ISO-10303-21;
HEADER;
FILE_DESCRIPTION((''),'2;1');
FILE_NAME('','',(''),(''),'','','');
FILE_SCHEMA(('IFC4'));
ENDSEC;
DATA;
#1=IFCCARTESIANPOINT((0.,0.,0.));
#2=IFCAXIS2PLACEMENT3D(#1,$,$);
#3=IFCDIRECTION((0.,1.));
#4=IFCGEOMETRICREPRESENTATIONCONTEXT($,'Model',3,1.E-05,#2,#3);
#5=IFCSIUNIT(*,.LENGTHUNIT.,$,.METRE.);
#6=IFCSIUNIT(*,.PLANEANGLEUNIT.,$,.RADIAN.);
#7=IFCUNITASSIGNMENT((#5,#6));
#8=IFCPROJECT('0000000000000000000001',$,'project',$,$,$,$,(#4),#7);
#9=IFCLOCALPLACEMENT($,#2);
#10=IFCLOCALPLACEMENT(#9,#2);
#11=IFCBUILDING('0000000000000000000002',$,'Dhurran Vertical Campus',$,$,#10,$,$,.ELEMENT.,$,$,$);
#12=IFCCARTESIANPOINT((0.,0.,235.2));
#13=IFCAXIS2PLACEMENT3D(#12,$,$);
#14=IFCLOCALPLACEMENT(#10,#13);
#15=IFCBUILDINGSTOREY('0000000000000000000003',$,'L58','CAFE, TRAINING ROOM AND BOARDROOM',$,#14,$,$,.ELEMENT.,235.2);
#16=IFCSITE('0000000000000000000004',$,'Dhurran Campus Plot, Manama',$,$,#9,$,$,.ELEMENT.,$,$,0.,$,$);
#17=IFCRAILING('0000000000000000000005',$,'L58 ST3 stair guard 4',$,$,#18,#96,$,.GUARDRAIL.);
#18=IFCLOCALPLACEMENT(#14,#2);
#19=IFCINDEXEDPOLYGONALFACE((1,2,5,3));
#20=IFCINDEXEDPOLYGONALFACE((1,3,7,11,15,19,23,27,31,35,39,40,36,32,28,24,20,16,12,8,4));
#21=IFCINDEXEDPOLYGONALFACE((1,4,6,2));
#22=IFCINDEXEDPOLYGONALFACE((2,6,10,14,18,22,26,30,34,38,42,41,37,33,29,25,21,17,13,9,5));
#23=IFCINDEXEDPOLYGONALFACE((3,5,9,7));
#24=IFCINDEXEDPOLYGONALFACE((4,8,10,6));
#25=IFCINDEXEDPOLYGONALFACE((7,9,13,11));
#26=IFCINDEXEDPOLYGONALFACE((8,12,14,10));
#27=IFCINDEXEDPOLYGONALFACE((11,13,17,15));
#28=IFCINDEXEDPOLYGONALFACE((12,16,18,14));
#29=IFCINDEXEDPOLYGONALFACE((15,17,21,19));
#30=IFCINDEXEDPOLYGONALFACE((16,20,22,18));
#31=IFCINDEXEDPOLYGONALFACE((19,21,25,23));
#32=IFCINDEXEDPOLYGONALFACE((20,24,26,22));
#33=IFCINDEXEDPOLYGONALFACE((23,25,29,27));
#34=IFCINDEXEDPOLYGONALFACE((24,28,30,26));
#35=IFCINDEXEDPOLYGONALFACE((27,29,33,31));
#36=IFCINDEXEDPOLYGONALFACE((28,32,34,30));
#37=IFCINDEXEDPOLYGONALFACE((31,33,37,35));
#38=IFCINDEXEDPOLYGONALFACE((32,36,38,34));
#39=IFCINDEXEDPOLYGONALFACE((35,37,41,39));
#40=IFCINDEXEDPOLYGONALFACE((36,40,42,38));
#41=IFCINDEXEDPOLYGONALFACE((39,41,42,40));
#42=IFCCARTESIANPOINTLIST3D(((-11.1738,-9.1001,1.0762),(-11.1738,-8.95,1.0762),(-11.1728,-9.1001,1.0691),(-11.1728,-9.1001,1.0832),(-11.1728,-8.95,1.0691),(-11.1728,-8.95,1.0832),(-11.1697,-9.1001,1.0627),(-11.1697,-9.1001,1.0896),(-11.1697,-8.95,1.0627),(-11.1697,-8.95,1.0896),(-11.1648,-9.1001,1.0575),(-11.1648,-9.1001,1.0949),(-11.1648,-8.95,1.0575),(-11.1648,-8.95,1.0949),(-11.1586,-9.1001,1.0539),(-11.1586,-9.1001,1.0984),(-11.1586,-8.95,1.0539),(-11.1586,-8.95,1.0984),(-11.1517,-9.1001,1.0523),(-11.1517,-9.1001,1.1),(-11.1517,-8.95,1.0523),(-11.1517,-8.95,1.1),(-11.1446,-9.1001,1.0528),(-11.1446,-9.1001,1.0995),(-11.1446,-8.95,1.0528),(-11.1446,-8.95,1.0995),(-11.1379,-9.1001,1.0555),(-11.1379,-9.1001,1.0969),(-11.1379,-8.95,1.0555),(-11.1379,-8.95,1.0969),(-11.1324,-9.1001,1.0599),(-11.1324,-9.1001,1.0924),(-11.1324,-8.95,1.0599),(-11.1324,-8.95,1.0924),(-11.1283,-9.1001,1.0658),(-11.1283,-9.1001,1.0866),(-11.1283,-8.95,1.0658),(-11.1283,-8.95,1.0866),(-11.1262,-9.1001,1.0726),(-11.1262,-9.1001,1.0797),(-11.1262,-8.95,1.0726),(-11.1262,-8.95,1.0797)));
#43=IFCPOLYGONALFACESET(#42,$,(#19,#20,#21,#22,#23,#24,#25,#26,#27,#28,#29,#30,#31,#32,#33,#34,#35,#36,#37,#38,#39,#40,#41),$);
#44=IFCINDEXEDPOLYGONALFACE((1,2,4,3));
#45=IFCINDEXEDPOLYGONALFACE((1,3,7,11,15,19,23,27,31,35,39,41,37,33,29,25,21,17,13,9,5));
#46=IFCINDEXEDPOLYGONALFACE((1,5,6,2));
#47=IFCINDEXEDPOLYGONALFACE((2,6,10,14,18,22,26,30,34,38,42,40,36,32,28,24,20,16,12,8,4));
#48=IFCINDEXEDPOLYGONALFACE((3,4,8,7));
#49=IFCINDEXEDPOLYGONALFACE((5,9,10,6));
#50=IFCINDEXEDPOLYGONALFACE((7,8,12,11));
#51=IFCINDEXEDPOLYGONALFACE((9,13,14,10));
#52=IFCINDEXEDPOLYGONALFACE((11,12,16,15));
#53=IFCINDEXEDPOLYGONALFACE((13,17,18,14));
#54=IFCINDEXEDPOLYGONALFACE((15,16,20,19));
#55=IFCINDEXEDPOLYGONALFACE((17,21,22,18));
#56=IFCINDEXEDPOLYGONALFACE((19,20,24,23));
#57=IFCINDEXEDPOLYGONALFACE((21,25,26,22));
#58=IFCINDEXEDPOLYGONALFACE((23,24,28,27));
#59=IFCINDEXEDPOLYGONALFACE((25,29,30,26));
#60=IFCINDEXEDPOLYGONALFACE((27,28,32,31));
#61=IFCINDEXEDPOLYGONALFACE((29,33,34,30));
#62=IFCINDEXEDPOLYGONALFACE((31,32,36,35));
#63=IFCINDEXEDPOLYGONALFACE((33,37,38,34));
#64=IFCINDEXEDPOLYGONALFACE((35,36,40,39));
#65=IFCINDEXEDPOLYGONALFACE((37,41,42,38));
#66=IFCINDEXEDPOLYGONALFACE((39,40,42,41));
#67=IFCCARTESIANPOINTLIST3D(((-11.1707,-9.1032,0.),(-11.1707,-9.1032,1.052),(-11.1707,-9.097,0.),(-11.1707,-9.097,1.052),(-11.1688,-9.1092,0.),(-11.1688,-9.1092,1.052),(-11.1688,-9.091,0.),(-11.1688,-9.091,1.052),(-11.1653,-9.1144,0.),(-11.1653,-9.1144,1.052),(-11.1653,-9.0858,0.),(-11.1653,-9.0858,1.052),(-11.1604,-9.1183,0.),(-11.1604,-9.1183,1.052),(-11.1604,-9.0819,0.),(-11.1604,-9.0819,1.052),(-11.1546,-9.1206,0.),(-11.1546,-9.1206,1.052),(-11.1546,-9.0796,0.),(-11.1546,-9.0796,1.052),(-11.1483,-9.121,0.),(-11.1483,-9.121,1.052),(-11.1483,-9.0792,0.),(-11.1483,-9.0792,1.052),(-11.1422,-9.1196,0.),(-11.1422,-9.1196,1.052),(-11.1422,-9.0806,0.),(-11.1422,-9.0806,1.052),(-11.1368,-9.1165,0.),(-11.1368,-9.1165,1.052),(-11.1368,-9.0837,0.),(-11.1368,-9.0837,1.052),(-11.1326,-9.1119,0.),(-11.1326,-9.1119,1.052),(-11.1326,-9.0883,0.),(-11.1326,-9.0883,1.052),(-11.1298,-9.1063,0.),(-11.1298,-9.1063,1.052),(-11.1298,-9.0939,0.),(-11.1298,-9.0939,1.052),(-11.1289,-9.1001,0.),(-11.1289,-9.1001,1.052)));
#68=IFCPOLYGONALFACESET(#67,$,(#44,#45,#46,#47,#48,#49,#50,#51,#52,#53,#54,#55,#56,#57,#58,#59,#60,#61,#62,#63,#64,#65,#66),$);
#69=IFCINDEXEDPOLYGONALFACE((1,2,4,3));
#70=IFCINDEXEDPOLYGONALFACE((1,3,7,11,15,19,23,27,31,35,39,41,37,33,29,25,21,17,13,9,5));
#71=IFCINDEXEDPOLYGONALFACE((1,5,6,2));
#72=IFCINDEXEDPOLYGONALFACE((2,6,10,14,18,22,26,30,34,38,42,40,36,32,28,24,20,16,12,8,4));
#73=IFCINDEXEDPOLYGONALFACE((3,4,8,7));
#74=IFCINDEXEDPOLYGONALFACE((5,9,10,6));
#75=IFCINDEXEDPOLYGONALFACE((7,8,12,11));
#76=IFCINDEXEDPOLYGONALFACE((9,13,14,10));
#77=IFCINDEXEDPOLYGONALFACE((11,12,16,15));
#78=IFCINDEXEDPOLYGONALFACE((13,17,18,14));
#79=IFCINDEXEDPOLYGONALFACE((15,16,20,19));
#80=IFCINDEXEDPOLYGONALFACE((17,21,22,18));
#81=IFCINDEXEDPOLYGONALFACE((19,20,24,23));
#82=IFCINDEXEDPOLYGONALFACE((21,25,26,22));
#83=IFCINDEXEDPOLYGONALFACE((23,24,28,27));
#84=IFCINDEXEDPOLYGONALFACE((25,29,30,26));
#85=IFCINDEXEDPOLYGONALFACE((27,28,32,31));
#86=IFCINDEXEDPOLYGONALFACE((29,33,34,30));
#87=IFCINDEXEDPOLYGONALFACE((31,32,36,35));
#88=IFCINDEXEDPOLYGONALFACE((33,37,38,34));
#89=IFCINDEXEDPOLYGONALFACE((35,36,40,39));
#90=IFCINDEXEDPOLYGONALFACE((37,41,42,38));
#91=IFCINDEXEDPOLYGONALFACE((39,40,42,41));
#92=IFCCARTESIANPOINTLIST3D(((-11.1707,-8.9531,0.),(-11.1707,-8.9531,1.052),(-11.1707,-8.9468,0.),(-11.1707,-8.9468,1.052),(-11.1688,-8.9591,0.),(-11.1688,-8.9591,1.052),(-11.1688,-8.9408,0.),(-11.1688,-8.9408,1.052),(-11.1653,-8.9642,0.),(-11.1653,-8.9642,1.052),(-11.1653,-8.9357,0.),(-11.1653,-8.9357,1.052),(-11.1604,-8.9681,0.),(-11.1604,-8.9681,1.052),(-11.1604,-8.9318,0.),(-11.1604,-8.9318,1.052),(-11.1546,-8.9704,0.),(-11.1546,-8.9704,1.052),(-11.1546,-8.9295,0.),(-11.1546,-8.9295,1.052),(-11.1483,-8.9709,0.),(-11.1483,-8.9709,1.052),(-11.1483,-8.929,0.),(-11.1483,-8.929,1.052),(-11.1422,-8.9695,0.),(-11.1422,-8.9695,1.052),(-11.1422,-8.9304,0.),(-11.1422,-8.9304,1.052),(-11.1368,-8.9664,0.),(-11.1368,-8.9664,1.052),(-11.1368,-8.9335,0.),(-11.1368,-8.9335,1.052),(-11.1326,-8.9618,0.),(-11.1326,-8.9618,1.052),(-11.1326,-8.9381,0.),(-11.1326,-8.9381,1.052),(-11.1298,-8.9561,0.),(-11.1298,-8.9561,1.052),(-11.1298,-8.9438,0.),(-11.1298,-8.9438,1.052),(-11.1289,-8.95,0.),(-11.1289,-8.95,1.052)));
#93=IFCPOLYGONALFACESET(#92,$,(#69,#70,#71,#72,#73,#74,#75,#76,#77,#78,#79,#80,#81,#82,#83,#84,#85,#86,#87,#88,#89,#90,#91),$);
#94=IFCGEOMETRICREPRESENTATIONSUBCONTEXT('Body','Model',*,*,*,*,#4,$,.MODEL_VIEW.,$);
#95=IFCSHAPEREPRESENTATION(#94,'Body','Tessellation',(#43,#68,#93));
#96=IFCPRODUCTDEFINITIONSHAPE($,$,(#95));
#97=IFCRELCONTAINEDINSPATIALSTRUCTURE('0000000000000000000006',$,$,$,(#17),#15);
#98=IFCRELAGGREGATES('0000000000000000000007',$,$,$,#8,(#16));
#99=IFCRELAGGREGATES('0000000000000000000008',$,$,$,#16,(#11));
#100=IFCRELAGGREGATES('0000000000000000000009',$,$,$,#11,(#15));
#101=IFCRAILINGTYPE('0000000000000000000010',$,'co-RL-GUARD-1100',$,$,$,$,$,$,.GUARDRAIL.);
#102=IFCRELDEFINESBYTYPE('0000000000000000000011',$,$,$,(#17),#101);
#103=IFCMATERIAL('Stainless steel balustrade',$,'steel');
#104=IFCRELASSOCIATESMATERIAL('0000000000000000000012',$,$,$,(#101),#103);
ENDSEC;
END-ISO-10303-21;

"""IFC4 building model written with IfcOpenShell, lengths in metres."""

from ifc_helpers import new_model, si_unit, direction, frame, origin, origin_2d, place, context, subcontext, project, spatial, circle, extrude, material, type_object, element, save


model = new_model("IFC4")

# Units and contexts
model_context = context("Model", 3, precision=1e-05, world=origin(), true_north=direction((0.0, 1.0)))
body_context = subcontext(model_context, "Body", "Model", "MODEL_VIEW")
ifc_project = project(units=[si_unit("LENGTHUNIT", "METRE"), si_unit("PLANEANGLEUNIT", "RADIAN")], contexts=[model_context])

# Site, building, storey
site_placement = place(None, origin())
site = spatial("IfcSite", under=ifc_project, at=site_placement, Name="Dhurran Campus Plot, Manama", CompositionType="ELEMENT", RefElevation=0.0)
building_placement = place(site_placement, origin())
building = spatial("IfcBuilding", under=site, at=building_placement, Name="Dhurran Vertical Campus", CompositionType="ELEMENT")
storey_placement = place(building_placement, frame((0.0, 0.0, 235.2)))
storey = spatial("IfcBuildingStorey", under=building, at=storey_placement, Name="L58", Description="CAFE, TRAINING ROOM AND BOARDROOM", CompositionType="ELEMENT", Elevation=235.2)

# Railing
ifc_material_1 = material(Name="Stainless steel balustrade", Category="steel")
railing_type_1 = type_object("IfcRailingType", Name="co-RL-GUARD-1100", PredefinedType="GUARDRAIL", material=ifc_material_1)
railing_1_placement = place(storey_placement, frame((-11.1499, -9.1001, 0.0)))
element("IfcRailing", 1, at=railing_1_placement, inside=storey, type_object=railing_type_1, Name="L58 ST3 stair guard 4", PredefinedType="GUARDRAIL", context=body_context, shape_type="SweptSolid", body=[
    extrude(circle(Radius=0.0239, at=origin_2d()), frame((0.0, 0.0, 1.0762), z_axis=(0.0, 1.0, 0.0), x_axis=(-1.0, 0.0, 0.0)), (0.0, 0.0, 1.0), 0.1501),
    extrude(circle(Radius=0.021, at=origin_2d()), origin(), (0.0, 0.0, 1.0), 1.052),
    extrude(circle(Radius=0.021, at=origin_2d()), frame((0.0, 0.1501, 0.0)), (0.0, 0.0, 1.0), 1.052),
])

save(model, "model.ifc")
